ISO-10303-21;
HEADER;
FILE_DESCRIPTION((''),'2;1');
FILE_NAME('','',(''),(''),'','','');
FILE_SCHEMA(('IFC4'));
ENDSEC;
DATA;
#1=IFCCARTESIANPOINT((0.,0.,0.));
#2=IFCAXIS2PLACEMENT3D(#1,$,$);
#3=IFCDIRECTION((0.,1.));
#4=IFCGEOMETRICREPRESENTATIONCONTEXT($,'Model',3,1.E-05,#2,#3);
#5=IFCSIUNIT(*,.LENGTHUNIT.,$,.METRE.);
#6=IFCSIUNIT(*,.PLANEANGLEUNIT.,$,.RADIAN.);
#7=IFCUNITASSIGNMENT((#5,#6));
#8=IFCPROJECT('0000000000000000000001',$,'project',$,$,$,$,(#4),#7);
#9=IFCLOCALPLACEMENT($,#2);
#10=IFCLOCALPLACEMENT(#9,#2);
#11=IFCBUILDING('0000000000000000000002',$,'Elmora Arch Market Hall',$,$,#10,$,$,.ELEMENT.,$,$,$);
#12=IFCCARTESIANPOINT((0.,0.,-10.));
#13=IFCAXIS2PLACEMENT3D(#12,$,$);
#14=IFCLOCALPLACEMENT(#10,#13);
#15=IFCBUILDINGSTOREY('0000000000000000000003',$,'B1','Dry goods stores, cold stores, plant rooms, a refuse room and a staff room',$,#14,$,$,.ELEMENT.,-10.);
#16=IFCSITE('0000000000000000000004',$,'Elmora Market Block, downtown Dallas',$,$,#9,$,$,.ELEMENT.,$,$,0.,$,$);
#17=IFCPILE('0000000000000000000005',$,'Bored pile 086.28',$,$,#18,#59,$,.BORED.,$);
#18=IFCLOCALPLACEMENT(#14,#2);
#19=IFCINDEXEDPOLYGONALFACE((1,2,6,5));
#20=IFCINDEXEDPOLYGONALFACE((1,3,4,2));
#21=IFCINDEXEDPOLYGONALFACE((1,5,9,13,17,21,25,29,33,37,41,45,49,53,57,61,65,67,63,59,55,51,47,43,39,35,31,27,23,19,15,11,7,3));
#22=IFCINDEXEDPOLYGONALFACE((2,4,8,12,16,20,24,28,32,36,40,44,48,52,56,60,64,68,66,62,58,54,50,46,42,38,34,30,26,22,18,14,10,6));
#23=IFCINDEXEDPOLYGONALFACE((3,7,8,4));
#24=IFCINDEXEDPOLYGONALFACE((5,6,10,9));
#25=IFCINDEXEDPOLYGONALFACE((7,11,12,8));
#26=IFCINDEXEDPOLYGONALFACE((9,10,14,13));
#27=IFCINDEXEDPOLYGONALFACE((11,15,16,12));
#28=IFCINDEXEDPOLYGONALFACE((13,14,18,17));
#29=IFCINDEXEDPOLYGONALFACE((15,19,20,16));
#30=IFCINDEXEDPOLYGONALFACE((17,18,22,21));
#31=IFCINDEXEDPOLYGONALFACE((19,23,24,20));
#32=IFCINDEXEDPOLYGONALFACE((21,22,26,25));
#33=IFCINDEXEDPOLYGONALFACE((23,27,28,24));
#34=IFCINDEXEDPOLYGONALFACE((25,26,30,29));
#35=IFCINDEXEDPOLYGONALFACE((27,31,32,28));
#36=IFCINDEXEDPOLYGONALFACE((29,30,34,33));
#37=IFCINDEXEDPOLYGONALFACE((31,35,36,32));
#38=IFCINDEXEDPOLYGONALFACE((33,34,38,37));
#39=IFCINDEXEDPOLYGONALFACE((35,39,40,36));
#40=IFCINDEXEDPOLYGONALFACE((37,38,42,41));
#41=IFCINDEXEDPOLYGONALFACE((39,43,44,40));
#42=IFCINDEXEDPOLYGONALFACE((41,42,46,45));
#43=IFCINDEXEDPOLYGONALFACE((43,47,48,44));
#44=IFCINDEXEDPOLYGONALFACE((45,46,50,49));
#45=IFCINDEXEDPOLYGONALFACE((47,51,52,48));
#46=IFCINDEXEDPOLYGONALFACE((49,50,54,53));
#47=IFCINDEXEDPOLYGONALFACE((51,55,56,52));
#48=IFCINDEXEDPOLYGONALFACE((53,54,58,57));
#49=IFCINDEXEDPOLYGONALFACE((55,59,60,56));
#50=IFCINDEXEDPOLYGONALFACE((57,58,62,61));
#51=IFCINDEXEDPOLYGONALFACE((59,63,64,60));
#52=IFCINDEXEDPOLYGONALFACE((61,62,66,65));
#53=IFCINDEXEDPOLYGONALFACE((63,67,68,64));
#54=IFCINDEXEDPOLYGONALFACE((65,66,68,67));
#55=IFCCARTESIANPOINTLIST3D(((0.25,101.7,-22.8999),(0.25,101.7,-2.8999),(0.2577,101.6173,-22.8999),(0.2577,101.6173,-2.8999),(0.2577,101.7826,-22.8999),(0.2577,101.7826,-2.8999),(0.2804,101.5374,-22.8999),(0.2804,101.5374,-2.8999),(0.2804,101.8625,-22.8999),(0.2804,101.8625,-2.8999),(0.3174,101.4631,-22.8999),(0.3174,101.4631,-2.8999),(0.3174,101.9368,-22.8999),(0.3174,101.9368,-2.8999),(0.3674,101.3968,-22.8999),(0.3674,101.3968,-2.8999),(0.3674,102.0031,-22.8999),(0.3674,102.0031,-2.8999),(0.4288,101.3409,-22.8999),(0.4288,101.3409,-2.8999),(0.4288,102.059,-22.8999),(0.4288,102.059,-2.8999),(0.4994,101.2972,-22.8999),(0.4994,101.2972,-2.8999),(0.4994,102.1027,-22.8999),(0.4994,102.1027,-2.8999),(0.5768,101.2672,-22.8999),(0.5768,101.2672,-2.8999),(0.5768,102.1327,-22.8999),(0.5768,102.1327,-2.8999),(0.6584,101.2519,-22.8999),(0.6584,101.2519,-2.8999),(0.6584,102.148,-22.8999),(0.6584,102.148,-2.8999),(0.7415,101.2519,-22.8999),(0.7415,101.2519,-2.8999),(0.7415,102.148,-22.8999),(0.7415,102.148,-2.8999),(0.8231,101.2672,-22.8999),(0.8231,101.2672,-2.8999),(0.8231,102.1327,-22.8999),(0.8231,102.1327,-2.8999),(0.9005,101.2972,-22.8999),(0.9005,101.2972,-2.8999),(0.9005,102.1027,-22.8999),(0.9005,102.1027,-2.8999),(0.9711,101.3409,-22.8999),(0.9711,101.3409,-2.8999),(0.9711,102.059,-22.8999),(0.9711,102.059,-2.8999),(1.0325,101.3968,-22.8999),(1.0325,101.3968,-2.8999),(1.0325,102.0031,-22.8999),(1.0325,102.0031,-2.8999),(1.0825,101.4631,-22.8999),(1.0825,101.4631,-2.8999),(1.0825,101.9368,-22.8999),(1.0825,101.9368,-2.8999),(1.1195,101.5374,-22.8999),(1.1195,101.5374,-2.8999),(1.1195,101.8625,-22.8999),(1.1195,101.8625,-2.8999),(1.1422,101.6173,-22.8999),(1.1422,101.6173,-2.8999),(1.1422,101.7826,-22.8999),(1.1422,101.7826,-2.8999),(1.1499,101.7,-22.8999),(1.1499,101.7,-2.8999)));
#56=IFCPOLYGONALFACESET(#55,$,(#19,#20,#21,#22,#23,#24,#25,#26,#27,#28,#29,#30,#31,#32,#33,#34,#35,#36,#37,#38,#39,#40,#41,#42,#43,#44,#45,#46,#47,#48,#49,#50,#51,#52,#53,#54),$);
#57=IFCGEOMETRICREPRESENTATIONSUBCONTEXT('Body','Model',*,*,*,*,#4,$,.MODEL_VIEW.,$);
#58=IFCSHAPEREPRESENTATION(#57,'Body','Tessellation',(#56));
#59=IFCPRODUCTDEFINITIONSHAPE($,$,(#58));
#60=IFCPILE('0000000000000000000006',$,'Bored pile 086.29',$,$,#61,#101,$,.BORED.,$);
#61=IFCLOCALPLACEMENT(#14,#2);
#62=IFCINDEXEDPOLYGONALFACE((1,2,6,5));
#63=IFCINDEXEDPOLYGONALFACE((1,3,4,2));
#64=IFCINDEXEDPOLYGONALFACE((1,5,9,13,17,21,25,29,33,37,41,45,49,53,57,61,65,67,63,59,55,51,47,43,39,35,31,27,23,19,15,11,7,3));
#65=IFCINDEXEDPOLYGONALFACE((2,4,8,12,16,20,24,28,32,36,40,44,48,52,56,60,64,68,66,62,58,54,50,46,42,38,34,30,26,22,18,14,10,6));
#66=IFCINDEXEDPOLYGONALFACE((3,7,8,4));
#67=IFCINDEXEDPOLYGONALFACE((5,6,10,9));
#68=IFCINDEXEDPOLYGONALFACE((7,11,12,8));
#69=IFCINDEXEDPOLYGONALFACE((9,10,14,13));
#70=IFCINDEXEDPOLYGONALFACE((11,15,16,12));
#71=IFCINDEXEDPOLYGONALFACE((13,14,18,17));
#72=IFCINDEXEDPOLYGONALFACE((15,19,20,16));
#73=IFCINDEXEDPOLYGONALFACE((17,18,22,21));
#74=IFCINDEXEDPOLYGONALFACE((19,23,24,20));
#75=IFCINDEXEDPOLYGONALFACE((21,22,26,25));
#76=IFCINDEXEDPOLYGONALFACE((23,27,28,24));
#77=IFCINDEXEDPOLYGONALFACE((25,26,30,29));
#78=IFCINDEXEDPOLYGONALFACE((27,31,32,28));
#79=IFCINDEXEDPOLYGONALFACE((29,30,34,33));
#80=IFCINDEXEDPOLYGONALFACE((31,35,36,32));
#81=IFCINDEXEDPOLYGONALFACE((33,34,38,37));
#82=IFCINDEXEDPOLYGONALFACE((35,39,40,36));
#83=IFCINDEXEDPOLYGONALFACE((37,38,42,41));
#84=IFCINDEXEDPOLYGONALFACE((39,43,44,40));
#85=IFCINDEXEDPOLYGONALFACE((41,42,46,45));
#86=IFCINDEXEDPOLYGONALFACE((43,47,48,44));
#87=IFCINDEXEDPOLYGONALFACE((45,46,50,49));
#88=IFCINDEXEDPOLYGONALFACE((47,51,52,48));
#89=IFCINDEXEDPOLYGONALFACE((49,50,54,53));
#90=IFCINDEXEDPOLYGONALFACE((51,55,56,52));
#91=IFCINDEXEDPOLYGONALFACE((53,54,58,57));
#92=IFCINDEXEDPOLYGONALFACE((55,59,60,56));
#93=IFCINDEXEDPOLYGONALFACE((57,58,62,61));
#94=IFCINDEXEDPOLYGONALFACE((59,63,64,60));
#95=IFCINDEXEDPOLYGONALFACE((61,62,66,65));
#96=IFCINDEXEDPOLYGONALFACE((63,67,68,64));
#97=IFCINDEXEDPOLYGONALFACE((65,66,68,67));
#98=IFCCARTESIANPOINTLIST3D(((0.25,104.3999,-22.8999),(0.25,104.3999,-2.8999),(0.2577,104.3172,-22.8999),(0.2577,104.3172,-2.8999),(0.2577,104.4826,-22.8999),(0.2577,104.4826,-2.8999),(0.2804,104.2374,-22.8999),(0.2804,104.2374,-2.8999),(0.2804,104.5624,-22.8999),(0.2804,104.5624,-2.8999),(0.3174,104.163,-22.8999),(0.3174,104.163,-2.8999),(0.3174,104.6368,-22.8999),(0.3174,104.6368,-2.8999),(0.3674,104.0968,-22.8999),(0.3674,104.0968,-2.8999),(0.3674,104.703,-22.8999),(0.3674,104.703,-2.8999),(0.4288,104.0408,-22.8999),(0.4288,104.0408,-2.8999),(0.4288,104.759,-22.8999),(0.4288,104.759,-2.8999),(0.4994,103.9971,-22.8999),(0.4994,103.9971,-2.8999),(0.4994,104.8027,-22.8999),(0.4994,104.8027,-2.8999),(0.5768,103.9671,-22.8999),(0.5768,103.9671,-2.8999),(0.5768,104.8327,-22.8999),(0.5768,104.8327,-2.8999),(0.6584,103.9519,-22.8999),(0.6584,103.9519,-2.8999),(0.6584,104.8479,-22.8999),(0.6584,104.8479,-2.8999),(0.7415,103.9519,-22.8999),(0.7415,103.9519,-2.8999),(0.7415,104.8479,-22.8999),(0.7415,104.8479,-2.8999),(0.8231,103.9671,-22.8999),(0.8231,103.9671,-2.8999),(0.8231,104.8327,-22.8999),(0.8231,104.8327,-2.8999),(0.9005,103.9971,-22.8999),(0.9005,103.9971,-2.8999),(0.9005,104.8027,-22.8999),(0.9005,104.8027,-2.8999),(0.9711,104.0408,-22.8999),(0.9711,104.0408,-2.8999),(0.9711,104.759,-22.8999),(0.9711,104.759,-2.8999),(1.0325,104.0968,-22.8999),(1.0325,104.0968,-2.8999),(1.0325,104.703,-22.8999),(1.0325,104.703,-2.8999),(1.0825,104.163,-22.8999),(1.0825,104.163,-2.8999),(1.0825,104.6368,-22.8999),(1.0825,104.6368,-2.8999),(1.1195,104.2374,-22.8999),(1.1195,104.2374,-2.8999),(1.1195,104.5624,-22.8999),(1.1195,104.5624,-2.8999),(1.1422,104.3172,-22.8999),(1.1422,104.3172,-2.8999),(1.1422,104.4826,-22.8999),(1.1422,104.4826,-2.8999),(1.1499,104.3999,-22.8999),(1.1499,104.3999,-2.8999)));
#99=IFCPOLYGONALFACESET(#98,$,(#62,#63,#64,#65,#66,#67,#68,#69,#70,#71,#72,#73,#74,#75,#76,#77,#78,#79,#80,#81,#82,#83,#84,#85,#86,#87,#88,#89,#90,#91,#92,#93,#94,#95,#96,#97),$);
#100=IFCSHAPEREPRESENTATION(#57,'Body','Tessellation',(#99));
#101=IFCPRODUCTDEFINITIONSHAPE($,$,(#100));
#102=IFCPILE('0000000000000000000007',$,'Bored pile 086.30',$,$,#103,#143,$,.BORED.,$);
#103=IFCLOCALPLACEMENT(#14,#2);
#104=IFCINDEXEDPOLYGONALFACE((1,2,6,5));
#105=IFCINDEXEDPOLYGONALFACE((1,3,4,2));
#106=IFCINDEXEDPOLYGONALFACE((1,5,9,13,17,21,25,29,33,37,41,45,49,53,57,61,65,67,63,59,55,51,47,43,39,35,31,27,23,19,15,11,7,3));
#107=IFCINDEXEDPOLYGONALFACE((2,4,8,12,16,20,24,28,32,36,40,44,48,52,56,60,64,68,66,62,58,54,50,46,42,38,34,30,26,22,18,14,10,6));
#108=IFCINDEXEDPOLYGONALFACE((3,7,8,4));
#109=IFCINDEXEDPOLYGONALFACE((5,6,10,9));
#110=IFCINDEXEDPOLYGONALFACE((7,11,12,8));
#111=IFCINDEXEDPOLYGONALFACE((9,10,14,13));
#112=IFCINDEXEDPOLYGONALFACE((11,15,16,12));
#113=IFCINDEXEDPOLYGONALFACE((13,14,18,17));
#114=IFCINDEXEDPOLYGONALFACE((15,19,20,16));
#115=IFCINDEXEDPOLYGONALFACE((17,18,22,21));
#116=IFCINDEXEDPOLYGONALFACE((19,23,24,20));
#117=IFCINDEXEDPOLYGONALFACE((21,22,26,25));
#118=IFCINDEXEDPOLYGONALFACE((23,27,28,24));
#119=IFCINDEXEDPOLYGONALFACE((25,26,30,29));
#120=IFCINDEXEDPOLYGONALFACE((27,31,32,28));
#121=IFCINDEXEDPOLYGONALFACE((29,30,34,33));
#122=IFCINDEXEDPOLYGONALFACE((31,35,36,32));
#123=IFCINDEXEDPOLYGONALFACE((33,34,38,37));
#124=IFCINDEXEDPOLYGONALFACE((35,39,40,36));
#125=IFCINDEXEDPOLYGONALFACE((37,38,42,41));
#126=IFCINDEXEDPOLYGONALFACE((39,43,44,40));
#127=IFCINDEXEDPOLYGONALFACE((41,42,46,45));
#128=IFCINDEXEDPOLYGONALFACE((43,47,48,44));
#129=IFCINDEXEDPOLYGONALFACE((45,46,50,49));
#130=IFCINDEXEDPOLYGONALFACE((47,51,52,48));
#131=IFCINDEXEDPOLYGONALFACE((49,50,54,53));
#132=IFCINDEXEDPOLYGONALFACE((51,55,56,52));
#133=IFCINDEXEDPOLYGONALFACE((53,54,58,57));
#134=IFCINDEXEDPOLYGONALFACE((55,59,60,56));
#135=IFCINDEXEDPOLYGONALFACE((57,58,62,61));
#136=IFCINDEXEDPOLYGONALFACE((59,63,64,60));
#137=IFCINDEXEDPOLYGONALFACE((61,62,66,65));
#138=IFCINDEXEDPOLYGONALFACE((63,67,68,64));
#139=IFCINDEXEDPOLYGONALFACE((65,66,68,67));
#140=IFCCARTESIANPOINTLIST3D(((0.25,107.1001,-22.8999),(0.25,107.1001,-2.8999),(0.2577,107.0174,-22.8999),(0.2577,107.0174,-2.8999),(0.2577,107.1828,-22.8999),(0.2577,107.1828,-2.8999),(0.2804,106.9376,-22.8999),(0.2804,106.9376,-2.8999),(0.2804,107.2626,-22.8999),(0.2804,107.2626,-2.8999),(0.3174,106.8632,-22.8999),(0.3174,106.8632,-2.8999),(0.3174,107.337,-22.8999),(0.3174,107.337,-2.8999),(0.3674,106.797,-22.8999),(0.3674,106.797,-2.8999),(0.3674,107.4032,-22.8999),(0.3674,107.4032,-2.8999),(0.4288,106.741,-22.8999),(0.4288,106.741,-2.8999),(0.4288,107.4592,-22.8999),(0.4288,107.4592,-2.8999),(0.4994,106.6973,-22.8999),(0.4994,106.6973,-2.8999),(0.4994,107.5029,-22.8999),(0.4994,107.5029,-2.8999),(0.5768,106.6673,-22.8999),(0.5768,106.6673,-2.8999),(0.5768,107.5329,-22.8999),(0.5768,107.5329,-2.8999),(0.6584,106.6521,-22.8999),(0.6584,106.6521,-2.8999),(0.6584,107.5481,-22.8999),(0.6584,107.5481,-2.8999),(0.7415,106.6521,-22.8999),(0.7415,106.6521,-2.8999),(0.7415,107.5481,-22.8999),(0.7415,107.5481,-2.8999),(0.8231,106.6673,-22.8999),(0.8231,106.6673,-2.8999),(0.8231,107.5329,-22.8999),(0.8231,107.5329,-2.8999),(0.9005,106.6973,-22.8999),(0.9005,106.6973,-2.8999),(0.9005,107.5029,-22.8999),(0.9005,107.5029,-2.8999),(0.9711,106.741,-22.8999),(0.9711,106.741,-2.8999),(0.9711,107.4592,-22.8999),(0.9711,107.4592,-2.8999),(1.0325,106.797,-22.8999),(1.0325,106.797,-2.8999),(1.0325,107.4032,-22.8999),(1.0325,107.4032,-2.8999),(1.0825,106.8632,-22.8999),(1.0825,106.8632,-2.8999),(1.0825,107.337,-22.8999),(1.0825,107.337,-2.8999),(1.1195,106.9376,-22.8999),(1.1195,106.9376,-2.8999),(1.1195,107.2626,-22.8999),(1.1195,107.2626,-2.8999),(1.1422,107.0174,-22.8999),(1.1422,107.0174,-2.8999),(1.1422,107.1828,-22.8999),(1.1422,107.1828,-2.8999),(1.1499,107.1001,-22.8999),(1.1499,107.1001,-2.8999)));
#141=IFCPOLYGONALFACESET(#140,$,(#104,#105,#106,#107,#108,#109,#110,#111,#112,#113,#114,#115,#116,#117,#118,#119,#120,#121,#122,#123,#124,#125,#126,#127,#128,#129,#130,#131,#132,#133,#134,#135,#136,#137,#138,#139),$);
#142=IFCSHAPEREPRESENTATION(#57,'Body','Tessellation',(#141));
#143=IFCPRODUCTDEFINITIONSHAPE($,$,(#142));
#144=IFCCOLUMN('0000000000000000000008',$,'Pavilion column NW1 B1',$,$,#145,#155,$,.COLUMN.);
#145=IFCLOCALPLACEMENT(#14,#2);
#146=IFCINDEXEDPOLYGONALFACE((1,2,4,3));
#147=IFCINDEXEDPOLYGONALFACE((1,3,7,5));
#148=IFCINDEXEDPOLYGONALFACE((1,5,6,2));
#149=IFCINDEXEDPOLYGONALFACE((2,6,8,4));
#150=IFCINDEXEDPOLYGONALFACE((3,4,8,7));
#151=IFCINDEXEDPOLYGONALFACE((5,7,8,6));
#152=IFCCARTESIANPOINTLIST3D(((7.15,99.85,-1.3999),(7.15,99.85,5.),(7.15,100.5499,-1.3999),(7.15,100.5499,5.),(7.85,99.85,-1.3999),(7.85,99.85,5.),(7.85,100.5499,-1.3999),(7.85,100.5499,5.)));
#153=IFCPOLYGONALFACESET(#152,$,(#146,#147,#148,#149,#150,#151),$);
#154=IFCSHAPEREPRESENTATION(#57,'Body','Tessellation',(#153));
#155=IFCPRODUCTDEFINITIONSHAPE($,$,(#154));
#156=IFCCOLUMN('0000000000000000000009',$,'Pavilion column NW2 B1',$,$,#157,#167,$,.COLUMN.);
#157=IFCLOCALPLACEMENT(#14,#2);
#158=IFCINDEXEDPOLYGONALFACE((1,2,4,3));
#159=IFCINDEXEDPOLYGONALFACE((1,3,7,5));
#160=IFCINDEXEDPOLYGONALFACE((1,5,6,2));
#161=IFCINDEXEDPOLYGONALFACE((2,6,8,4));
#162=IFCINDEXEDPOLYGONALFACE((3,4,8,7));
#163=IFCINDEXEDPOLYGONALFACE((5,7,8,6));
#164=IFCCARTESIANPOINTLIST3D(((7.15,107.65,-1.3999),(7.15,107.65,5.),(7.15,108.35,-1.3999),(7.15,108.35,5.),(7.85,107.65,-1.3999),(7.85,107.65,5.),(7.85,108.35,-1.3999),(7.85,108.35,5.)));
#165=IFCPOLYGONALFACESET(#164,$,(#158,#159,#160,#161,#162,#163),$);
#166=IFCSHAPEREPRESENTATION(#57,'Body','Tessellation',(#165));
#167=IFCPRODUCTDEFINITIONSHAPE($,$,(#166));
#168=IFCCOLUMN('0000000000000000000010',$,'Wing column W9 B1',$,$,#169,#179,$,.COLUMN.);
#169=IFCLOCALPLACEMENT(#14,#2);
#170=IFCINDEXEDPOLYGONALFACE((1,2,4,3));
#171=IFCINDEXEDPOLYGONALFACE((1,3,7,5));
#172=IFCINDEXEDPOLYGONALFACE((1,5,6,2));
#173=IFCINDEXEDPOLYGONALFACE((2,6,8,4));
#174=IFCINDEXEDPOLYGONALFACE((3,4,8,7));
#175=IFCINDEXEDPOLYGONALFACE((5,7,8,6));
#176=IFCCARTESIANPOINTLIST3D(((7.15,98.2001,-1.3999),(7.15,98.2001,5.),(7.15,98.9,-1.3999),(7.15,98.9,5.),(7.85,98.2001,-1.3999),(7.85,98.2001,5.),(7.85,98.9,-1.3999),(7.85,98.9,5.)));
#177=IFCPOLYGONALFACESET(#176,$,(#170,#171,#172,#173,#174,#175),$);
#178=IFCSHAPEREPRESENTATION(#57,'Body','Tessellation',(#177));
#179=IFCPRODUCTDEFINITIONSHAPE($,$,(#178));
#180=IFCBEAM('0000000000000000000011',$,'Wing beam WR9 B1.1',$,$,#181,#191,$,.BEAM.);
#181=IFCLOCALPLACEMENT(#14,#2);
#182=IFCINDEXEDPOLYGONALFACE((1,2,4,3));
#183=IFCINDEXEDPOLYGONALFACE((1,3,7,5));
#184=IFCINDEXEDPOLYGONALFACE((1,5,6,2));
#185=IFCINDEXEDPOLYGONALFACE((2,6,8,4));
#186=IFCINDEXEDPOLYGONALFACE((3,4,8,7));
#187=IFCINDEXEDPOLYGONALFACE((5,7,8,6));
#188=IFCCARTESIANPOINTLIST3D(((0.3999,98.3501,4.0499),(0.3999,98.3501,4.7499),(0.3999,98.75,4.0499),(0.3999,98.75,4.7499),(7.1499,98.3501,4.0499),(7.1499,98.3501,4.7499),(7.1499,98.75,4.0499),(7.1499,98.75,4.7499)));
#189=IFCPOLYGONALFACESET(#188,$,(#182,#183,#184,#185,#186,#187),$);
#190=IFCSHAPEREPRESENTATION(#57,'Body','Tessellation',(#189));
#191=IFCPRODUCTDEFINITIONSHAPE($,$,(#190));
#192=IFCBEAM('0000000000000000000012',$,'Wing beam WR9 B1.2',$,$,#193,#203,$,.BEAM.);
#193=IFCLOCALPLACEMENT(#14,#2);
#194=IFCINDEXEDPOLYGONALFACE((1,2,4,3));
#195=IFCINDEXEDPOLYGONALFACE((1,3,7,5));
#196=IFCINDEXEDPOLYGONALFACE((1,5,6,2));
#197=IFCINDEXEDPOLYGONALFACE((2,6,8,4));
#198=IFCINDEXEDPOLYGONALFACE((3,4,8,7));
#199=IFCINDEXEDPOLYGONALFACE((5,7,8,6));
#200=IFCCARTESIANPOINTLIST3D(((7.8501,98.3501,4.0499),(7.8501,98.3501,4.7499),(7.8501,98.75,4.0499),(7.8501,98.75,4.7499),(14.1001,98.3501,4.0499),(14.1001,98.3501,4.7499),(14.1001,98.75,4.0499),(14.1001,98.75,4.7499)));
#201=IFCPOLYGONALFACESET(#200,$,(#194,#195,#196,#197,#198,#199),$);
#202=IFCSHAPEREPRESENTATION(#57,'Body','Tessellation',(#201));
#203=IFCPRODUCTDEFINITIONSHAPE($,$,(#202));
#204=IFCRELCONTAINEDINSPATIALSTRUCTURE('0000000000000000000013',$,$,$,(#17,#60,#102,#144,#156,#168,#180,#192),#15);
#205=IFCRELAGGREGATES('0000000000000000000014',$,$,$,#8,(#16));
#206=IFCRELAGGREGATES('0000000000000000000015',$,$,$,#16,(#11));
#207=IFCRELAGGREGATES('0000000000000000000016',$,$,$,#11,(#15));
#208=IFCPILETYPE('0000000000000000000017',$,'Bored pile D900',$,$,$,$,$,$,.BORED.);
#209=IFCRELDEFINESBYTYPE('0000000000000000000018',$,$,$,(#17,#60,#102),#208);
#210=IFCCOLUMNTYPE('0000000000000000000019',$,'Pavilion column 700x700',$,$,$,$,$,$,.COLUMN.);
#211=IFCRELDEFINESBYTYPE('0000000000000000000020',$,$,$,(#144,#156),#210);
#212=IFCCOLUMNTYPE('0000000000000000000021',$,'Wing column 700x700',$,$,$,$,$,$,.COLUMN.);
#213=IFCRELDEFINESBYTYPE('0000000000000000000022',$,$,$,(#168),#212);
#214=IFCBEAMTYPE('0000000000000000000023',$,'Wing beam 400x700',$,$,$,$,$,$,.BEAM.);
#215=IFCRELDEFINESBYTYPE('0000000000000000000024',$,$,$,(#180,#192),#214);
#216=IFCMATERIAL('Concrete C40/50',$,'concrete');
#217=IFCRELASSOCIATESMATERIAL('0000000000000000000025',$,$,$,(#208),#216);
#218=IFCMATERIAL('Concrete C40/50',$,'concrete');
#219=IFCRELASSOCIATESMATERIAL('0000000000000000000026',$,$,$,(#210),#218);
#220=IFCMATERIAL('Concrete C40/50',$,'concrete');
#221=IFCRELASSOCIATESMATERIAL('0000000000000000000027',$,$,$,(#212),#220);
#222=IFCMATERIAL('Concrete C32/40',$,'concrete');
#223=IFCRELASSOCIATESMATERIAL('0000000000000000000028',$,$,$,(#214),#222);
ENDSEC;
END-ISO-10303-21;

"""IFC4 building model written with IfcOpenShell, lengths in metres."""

from ifc_helpers import new_model, si_unit, direction, frame, origin, origin_2d, place, context, subcontext, project, spatial, rectangle, circle, extrude, material, material_profile, profile_set, type_object, element, save


model = new_model("IFC4")

# Units and contexts
model_context = context("Model", 3, precision=1e-05, world=origin(), true_north=direction((0.0, 1.0)))
body_context = subcontext(model_context, "Body", "Model", "MODEL_VIEW")
ifc_project = project(units=[si_unit("LENGTHUNIT", "METRE"), si_unit("PLANEANGLEUNIT", "RADIAN")], contexts=[model_context])

# Site, building, storey
site_placement = place(None, origin())
site = spatial("IfcSite", under=ifc_project, at=site_placement, Name="Elmora Market Block, downtown Dallas", CompositionType="ELEMENT", RefElevation=0.0)
building_placement = place(site_placement, origin())
building = spatial("IfcBuilding", under=site, at=building_placement, Name="Elmora Arch Market Hall", CompositionType="ELEMENT")
storey_placement = place(building_placement, frame((0.0, 0.0, -10.0)))
storey = spatial("IfcBuildingStorey", under=building, at=storey_placement, Name="B1", Description="Dry goods stores, cold stores, plant rooms, a refuse room and a staff room", CompositionType="ELEMENT", Elevation=-10.0)

# Piles
ifc_material_1 = material(Name="Concrete C40/50", Category="concrete")
ifc_material_profile_1 = material_profile(ifc_material_1, circle(Radius=0.45, at=origin_2d()), Name="Bored pile D900")
ifc_profile_set_1 = profile_set([ifc_material_profile_1], Name="Concrete C40/50")
pile_type = type_object("IfcPileType", Name="Bored pile D900", PredefinedType="BORED", material=ifc_profile_set_1)
for number, where, z_axis, x_axis, name in (
    (1, (0.7, 101.7, -2.8999), (0.0, 0.0, -1.0), (1.0, 0.0, 0.0), "Bored pile 086.28"),
    (2, (0.7, 104.3999, -2.8999), (0.0, 0.0, -1.0), (1.0, 0.0, 0.0), "Bored pile 086.29"),
    (3, (0.7, 107.1001, -2.8999), (0.0, 0.0, -1.0), (1.0, 0.0, 0.0), "Bored pile 086.30"),
):
    element("IfcPile", number, at=place(storey_placement, frame(where, z_axis=z_axis, x_axis=x_axis)), inside=storey, type_object=pile_type, Name=name, PredefinedType="BORED", context=body_context, shape_type="SweptSolid", body=[
        extrude(circle(Radius=0.45, at=origin_2d()), origin(), (0.0, 0.0, 1.0), 20.0),
    ])

# Columns
ifc_material_2 = material(Name="Concrete C40/50", Category="concrete")
ifc_material_profile_2 = material_profile(ifc_material_2, rectangle(XDim=0.7, YDim=0.7, at=origin_2d()), Name="Pavilion column 700x700")
ifc_profile_set_2 = profile_set([ifc_material_profile_2], Name="Concrete C40/50")
column_type_1 = type_object("IfcColumnType", Name="Pavilion column 700x700", PredefinedType="COLUMN", material=ifc_profile_set_2)
for number, where, z_axis, x_axis, name in (
    (4, (7.5, 100.2, -1.3999), (0.0, 0.0, 1.0), (1.0, 0.0, 0.0), "Pavilion column NW1 B1"),
    (5, (7.5, 108.0, -1.3999), (0.0, 0.0, 1.0), (1.0, 0.0, 0.0), "Pavilion column NW2 B1"),
):
    element("IfcColumn", number, at=place(storey_placement, frame(where, z_axis=z_axis, x_axis=x_axis)), inside=storey, type_object=column_type_1, Name=name, PredefinedType="COLUMN", context=body_context, shape_type="SweptSolid", body=[
        extrude(rectangle(XDim=0.7, YDim=0.7, at=origin_2d()), origin(), (0.0, 0.0, 1.0), 6.3999),
    ])
ifc_material_3 = material(Name="Concrete C40/50", Category="concrete")
ifc_material_profile_3 = material_profile(ifc_material_3, rectangle(XDim=0.7, YDim=0.7, at=origin_2d()), Name="Wing column 700x700")
ifc_profile_set_3 = profile_set([ifc_material_profile_3], Name="Concrete C40/50")
column_type_2 = type_object("IfcColumnType", Name="Wing column 700x700", PredefinedType="COLUMN", material=ifc_profile_set_3)
column_placement = place(storey_placement, frame((7.5, 98.55, -1.3999), z_axis=(0.0, 0.0, 1.0), x_axis=(1.0, 0.0, 0.0)))
element("IfcColumn", 6, at=column_placement, inside=storey, type_object=column_type_2, Name="Wing column W9 B1", PredefinedType="COLUMN", context=body_context, shape_type="SweptSolid", body=[
    extrude(rectangle(XDim=0.7, YDim=0.7, at=origin_2d()), origin(), (0.0, 0.0, 1.0), 6.3999),
])

# Beams
ifc_material_4 = material(Name="Concrete C32/40", Category="concrete")
ifc_material_profile_4 = material_profile(ifc_material_4, rectangle(XDim=0.3999, YDim=0.7, at=origin_2d()), Name="Wing beam 400x700")
ifc_profile_set_4 = profile_set([ifc_material_profile_4], Name="Concrete C32/40")
beam_type = type_object("IfcBeamType", Name="Wing beam 400x700", PredefinedType="BEAM", material=ifc_profile_set_4)
beam_1_placement = place(storey_placement, frame((0.3999, 98.55, 4.3999), z_axis=(1.0, 0.0, 0.0), x_axis=(0.0, 1.0, 0.0)))
element("IfcBeam", 7, at=beam_1_placement, inside=storey, type_object=beam_type, Name="Wing beam WR9 B1.1", PredefinedType="BEAM", context=body_context, shape_type="SweptSolid", body=[
    extrude(rectangle(XDim=0.3999, YDim=0.7, at=origin_2d()), origin(), (0.0, 0.0, 1.0), 6.75),
])
beam_2_placement = place(storey_placement, frame((7.8501, 98.55, 4.3999), z_axis=(1.0, 0.0, 0.0), x_axis=(0.0, 1.0, 0.0)))
element("IfcBeam", 8, at=beam_2_placement, inside=storey, type_object=beam_type, Name="Wing beam WR9 B1.2", PredefinedType="BEAM", context=body_context, shape_type="SweptSolid", body=[
    extrude(rectangle(XDim=0.3999, YDim=0.7, at=origin_2d()), origin(), (0.0, 0.0, 1.0), 6.25),
])

save(model, "model.ifc")
